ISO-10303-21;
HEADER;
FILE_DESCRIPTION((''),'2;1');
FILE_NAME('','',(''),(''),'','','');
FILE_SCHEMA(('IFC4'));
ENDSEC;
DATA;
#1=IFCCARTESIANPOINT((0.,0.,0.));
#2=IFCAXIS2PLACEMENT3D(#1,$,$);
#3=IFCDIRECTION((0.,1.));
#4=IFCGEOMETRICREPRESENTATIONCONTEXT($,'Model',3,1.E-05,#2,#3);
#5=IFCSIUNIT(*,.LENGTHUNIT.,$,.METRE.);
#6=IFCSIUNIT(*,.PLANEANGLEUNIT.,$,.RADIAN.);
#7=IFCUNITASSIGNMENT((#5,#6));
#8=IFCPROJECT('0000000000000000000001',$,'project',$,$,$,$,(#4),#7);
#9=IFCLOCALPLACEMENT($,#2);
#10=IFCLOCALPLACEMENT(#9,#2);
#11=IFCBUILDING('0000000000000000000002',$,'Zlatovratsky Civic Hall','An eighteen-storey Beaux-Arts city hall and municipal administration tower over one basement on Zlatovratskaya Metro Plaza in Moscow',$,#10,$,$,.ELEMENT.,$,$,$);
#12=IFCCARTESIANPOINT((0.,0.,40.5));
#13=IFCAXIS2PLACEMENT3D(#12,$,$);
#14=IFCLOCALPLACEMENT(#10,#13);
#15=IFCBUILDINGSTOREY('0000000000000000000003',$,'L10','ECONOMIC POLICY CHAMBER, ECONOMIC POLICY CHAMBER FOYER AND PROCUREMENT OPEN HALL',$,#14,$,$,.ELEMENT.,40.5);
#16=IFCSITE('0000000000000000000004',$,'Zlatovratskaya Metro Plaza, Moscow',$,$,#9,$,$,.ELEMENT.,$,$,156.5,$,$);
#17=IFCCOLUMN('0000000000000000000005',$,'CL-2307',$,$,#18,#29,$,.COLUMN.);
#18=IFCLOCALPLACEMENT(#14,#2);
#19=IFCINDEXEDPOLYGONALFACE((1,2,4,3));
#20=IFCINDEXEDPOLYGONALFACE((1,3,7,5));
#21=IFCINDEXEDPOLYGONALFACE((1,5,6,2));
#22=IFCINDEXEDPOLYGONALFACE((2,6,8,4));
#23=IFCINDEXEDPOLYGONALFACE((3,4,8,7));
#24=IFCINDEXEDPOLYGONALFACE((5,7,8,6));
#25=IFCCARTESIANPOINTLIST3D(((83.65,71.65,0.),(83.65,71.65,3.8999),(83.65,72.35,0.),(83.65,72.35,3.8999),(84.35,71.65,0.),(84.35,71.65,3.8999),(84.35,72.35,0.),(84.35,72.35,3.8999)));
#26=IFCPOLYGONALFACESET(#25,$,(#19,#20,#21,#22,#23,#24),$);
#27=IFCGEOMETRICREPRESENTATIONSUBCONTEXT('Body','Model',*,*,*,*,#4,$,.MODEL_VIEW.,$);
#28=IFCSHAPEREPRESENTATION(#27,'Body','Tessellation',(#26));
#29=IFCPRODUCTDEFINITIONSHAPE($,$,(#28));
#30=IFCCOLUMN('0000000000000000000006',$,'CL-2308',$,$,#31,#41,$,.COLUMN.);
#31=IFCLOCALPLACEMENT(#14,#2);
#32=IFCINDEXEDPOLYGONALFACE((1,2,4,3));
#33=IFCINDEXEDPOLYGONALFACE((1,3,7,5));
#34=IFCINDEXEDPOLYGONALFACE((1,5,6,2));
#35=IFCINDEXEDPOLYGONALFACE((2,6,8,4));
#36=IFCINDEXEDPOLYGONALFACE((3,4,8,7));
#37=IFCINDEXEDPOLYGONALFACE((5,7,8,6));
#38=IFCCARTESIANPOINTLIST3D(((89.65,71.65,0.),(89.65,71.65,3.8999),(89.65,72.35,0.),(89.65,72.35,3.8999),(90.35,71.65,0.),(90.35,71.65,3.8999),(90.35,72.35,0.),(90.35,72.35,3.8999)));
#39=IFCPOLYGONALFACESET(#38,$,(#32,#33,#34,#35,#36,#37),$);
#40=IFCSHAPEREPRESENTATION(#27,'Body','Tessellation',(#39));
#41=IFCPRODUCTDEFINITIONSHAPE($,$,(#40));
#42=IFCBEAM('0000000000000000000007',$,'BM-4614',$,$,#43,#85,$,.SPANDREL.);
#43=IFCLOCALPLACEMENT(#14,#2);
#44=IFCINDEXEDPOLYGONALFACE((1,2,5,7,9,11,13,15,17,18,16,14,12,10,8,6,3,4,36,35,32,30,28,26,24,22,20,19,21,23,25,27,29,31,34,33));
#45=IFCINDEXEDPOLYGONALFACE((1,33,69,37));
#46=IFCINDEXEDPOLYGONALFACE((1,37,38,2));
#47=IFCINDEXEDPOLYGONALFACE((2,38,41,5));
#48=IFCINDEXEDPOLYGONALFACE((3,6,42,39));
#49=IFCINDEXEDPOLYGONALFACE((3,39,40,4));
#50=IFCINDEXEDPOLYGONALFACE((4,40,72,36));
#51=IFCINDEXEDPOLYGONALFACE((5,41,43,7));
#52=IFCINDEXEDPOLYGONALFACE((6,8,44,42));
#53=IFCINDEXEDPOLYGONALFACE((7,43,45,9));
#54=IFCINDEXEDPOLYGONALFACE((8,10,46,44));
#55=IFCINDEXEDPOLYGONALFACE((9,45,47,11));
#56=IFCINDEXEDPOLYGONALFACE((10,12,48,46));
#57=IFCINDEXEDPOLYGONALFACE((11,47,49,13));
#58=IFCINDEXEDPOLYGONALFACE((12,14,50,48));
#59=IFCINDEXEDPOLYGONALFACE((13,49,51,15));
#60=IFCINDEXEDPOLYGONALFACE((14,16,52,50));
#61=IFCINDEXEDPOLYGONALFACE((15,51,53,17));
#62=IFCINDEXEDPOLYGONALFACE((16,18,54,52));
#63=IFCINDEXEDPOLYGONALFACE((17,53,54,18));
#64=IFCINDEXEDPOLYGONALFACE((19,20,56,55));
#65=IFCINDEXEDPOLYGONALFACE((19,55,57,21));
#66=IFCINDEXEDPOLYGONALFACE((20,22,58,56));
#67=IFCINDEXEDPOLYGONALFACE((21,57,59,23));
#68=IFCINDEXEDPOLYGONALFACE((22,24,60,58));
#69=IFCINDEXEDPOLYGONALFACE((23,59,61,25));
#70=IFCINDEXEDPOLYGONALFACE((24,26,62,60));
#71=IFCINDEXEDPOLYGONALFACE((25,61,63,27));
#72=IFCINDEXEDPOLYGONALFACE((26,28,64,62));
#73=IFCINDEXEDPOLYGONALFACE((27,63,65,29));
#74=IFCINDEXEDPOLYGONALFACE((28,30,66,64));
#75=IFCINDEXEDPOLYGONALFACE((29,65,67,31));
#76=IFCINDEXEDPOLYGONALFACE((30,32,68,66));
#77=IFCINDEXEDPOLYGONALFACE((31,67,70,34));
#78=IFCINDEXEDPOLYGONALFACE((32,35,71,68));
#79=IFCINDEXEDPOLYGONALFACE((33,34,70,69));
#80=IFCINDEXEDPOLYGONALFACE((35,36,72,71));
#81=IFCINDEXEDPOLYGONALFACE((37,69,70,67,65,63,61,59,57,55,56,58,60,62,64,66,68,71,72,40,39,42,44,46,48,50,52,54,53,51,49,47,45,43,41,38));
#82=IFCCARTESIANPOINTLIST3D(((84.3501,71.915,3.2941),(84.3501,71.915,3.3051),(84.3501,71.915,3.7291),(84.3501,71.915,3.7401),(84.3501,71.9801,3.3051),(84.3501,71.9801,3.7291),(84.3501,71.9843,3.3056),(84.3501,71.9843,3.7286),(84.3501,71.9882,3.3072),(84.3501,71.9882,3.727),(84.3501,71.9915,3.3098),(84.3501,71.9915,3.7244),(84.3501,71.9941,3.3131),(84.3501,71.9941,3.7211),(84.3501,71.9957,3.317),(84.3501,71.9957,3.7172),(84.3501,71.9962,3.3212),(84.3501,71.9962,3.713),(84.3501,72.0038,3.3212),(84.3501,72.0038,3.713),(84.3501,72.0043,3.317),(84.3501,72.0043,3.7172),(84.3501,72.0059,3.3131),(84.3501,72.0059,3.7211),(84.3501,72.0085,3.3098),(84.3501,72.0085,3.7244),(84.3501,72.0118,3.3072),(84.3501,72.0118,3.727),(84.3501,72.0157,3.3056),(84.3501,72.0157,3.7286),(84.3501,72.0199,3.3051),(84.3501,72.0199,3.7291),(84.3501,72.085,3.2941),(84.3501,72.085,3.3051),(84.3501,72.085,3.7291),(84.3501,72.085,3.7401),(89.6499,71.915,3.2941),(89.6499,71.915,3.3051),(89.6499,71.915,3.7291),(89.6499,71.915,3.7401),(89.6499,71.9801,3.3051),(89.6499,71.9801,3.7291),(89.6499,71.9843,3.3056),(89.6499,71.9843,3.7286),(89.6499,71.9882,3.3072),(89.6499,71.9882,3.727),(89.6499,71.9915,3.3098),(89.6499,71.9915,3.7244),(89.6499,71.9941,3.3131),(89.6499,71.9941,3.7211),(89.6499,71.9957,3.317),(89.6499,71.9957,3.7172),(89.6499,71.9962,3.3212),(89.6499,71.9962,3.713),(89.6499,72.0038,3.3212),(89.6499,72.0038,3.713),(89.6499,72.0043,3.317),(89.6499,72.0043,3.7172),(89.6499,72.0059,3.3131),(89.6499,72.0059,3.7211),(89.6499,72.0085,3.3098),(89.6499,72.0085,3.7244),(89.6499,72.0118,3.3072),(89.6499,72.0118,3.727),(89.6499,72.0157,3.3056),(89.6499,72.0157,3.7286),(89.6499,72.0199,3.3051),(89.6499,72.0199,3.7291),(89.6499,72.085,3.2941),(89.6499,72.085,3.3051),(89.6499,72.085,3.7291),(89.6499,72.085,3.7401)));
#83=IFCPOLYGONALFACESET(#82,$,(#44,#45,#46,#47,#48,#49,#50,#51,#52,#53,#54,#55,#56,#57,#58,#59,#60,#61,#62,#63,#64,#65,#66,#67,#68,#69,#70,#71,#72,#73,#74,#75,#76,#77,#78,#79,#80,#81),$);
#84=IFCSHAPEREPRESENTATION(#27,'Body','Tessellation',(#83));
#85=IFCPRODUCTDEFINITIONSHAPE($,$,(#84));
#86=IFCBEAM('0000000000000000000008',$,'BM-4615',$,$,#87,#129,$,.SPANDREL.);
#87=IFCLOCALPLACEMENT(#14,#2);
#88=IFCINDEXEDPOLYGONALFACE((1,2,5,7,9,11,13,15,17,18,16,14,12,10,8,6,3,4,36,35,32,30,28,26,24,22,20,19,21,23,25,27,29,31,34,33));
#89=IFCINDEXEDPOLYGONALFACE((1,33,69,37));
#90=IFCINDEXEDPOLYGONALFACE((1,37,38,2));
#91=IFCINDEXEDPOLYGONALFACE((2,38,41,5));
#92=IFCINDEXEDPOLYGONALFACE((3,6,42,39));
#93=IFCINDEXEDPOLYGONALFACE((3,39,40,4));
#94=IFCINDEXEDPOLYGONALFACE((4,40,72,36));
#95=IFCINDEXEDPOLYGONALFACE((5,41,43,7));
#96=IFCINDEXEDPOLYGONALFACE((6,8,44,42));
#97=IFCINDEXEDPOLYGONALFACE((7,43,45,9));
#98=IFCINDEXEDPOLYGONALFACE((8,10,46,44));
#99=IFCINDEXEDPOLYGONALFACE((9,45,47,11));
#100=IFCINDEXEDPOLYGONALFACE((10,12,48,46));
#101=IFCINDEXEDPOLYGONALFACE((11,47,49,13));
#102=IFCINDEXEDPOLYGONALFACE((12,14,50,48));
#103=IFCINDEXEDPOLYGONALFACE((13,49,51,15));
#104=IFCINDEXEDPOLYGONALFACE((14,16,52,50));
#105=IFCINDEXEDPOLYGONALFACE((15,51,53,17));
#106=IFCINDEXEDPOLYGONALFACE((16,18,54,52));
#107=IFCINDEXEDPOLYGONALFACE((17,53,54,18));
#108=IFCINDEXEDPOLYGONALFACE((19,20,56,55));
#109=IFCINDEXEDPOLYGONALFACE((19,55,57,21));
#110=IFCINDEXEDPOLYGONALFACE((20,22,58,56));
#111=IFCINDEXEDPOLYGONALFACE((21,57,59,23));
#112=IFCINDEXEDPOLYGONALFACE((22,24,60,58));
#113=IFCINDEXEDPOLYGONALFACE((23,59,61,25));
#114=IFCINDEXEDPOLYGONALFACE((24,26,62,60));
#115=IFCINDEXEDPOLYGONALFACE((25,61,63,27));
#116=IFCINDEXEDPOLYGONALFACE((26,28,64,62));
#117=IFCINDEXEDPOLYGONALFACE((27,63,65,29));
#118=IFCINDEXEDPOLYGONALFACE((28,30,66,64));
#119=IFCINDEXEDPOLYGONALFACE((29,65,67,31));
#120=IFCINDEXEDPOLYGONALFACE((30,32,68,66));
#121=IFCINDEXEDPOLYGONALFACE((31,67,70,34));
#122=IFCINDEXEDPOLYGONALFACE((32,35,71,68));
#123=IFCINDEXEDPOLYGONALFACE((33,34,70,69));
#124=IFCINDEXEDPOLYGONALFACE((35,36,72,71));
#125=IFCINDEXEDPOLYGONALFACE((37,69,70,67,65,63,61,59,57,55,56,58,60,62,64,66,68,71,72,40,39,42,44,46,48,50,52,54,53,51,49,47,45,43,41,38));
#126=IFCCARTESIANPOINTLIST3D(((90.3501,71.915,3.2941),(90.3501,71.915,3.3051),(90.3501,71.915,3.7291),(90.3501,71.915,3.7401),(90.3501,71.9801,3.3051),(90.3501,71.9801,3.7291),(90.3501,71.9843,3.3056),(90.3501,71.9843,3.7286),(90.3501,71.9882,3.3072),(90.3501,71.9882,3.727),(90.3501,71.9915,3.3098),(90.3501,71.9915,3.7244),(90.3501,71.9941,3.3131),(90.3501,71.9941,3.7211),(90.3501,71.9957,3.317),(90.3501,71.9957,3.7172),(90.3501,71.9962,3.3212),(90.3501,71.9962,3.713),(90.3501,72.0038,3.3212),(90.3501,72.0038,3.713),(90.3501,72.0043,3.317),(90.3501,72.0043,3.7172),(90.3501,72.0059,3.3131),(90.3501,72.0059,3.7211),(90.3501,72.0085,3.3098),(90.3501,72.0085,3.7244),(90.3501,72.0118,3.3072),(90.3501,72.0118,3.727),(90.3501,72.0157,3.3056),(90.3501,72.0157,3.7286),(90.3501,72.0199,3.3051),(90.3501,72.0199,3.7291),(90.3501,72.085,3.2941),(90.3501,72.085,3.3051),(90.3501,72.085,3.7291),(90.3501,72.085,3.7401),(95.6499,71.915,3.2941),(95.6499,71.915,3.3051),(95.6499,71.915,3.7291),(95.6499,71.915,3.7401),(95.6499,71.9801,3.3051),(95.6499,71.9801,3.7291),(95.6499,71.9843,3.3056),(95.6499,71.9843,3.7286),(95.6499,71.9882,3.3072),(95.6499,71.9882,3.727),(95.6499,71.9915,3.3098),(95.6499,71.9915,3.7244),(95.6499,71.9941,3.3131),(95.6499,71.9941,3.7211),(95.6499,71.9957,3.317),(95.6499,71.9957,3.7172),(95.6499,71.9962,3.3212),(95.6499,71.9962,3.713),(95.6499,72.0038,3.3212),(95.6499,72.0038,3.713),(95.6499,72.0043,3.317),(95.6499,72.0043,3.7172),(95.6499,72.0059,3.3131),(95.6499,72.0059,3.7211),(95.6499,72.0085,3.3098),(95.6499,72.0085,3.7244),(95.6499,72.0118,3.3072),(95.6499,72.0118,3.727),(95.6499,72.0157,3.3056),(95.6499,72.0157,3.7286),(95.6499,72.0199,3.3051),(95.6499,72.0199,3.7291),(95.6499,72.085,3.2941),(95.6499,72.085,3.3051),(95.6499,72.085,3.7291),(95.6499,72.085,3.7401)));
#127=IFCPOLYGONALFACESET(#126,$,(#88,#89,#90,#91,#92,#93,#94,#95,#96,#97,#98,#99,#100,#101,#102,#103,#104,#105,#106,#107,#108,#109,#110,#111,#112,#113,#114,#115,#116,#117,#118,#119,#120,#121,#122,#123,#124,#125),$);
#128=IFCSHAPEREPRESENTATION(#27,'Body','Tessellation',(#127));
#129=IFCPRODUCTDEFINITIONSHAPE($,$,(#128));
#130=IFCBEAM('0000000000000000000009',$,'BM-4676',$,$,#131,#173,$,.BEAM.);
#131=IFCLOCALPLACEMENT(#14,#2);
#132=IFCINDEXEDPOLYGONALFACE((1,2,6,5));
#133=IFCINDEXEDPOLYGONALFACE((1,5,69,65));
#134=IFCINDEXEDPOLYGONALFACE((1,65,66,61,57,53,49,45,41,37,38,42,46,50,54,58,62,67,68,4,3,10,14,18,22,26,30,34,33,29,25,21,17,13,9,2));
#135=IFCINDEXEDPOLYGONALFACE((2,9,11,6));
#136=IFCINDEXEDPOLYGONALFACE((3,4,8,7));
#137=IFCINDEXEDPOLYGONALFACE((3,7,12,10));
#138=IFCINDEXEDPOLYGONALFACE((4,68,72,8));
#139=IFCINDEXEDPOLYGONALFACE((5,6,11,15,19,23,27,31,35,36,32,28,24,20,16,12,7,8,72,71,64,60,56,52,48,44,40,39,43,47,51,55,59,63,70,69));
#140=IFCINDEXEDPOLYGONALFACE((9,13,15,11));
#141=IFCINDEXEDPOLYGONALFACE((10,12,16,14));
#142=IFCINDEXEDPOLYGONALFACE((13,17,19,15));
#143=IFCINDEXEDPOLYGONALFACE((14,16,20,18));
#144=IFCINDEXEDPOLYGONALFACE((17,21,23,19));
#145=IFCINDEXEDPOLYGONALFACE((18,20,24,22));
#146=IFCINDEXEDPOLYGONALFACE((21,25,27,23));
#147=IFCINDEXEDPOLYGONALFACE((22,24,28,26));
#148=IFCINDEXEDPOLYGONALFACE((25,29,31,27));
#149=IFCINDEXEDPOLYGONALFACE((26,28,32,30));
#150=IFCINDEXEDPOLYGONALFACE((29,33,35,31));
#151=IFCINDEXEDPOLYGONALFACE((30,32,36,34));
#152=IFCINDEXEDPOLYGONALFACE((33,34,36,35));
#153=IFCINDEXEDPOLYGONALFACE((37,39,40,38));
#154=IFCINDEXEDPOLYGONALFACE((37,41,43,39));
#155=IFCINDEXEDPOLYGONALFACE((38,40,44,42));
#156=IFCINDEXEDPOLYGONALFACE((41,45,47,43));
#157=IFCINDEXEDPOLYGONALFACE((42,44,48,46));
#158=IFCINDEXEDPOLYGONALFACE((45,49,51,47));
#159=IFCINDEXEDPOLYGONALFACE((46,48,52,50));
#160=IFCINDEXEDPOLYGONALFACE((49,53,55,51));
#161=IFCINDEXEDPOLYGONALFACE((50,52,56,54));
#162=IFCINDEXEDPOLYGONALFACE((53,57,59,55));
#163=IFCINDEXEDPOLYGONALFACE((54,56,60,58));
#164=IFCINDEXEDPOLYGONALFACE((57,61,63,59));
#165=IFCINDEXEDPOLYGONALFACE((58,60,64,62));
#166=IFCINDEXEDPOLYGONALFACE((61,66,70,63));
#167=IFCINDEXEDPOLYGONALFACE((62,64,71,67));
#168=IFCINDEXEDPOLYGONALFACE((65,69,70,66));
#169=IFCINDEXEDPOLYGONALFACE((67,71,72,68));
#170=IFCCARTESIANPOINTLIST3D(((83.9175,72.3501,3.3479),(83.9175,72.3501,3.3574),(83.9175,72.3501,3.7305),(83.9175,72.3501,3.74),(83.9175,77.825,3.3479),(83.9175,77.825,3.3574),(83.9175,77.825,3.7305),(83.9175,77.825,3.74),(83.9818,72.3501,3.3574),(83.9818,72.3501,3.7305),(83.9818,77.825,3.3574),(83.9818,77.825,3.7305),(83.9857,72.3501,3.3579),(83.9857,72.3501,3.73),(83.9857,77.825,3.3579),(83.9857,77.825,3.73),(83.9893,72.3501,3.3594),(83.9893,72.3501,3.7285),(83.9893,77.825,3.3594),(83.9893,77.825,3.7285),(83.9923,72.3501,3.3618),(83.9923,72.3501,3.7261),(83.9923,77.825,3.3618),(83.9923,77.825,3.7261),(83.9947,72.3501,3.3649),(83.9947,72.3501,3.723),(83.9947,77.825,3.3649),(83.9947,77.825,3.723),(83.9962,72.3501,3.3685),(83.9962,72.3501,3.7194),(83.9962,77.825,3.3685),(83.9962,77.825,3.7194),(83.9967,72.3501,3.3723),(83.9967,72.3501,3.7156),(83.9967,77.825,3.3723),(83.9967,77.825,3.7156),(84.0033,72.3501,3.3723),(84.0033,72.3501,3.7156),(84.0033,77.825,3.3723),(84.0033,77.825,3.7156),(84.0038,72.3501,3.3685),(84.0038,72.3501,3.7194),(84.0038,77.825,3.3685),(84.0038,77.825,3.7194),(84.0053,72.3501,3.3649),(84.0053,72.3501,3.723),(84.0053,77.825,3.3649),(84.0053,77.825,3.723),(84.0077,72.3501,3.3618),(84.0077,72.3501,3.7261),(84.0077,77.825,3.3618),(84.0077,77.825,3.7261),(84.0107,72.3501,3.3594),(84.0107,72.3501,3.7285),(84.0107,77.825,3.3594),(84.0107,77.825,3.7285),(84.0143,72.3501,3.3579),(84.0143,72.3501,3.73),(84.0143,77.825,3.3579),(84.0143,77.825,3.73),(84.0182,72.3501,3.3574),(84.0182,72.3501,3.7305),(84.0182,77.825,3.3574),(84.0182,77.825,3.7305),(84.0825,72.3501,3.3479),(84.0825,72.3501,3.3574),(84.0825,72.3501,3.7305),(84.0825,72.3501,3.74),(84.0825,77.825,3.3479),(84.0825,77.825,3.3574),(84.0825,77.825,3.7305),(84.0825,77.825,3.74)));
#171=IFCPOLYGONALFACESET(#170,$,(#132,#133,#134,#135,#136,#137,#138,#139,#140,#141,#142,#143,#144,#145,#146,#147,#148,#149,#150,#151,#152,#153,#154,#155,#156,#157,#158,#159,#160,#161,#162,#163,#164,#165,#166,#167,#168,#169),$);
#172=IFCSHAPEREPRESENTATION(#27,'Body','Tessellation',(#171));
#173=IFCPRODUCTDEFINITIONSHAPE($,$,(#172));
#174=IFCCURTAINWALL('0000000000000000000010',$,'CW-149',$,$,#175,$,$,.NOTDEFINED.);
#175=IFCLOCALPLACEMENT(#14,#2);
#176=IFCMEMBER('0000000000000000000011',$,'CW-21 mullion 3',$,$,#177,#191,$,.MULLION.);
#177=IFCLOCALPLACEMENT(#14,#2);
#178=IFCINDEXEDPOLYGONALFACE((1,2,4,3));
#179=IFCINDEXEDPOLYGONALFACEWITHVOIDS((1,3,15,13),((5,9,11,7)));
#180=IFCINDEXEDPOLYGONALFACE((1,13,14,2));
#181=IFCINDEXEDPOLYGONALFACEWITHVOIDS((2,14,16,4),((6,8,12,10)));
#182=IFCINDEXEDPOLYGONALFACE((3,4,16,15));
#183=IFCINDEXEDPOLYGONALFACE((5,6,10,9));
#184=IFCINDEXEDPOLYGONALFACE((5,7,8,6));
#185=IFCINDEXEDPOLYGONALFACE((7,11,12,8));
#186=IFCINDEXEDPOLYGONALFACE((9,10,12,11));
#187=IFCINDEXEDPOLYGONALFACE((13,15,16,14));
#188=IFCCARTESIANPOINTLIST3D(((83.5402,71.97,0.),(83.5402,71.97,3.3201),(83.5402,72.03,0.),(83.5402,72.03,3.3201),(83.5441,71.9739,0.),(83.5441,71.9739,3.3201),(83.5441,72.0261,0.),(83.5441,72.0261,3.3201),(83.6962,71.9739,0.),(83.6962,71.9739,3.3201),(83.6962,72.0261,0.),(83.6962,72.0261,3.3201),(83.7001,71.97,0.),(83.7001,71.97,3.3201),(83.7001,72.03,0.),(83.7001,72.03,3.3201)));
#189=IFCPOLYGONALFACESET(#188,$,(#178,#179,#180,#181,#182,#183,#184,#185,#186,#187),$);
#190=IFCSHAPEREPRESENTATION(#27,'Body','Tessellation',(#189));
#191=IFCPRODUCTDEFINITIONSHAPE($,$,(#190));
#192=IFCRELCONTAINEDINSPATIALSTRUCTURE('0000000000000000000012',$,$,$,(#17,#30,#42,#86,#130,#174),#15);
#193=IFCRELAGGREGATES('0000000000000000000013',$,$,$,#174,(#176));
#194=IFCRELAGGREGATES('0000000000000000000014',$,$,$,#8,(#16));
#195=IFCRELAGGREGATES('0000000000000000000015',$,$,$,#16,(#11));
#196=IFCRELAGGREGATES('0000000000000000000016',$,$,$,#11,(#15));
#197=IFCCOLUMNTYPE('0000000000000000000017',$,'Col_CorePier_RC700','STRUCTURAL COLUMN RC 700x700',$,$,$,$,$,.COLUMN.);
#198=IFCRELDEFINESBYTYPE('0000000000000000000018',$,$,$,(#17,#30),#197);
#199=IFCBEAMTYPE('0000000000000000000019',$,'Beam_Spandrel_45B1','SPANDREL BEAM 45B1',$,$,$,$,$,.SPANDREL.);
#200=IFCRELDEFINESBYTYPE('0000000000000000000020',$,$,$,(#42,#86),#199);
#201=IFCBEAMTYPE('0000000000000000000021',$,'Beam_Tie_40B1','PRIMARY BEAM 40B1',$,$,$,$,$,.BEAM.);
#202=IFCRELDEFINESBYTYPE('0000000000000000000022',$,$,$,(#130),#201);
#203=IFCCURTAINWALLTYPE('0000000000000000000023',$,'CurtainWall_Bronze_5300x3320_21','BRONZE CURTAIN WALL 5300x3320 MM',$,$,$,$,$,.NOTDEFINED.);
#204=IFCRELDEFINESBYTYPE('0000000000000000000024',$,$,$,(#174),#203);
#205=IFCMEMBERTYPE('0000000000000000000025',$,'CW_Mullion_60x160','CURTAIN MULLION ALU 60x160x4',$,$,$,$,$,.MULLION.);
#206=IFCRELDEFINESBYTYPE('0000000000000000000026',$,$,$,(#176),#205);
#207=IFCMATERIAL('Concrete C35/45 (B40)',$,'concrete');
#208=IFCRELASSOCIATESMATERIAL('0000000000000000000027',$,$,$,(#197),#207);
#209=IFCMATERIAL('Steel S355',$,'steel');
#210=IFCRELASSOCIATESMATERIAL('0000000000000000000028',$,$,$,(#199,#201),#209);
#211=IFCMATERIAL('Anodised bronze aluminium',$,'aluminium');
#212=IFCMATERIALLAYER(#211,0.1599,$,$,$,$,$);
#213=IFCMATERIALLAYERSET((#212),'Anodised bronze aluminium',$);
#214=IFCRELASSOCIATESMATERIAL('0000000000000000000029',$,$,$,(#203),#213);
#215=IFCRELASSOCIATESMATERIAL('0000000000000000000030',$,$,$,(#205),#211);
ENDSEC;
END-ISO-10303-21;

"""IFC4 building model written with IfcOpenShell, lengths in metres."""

from ifc_helpers import new_model, si_unit, direction, frame, origin, origin_2d, place, context, subcontext, project, spatial, rectangle, hollow_rectangle, i_section, extrude, material, layer, layer_set, material_profile, profile_set, type_object, element, aggregate, save


model = new_model("IFC4")

# Units and contexts
model_context = context("Model", 3, precision=1e-05, world=origin(), true_north=direction((0.0, 1.0)))
body_context = subcontext(model_context, "Body", "Model", "MODEL_VIEW")
ifc_project = project(units=[si_unit("LENGTHUNIT", "METRE"), si_unit("PLANEANGLEUNIT", "RADIAN")], contexts=[model_context])

# Site, building, storey
site_placement = place(None, origin())
site = spatial("IfcSite", under=ifc_project, at=site_placement, Name="Zlatovratskaya Metro Plaza, Moscow", CompositionType="ELEMENT", RefElevation=156.5)
building_placement = place(site_placement, origin())
building = spatial("IfcBuilding", under=site, at=building_placement, Name="Zlatovratsky Civic Hall", Description="An eighteen-storey Beaux-Arts city hall and municipal administration tower over one basement on Zlatovratskaya Metro Plaza in Moscow", CompositionType="ELEMENT")
storey_placement = place(building_placement, frame((0.0, 0.0, 40.5)))
storey = spatial("IfcBuildingStorey", under=building, at=storey_placement, Name="L10", Description="ECONOMIC POLICY CHAMBER, ECONOMIC POLICY CHAMBER FOYER AND PROCUREMENT OPEN HALL", CompositionType="ELEMENT", Elevation=40.5)

# Columns
ifc_material_1 = material(Name="Concrete C35/45 (B40)", Category="concrete")
ifc_material_profile_1 = material_profile(ifc_material_1, rectangle(XDim=0.7, YDim=0.7, at=origin_2d()), Name="RC 700x700")
ifc_profile_set_1 = profile_set([ifc_material_profile_1], Name="Concrete C35/45 (B40)")
column_type = type_object("IfcColumnType", Name="Col_CorePier_RC700", Description="STRUCTURAL COLUMN RC 700x700", PredefinedType="COLUMN", material=ifc_profile_set_1)
for number, where, z_axis, x_axis, name in (
    (1, (84.0, 72.0, 0.0), (0.0, 0.0, 1.0), (1.0, 0.0, 0.0), "CL-2307"),
    (2, (90.0, 72.0, 0.0), (0.0, 0.0, 1.0), (1.0, 0.0, 0.0), "CL-2308"),
):
    element("IfcColumn", number, at=place(storey_placement, frame(where, z_axis=z_axis, x_axis=x_axis)), inside=storey, type_object=column_type, Name=name, PredefinedType="COLUMN", context=body_context, shape_type="SweptSolid", body=[
        extrude(rectangle(XDim=0.7, YDim=0.7, at=origin_2d()), origin(), (0.0, 0.0, 1.0), 3.8999),
    ])

# Beams
ifc_material_2 = material(Name="Steel S355", Category="steel")
ifc_material_profile_2 = material_profile(ifc_material_2, i_section(OverallWidth=0.1699, OverallDepth=0.446, WebThickness=0.0076, FlangeThickness=0.011, FilletRadius=0.0161, at=origin_2d()), Name="45B1")
ifc_profile_set_2 = profile_set([ifc_material_profile_2], Name="Steel S355")
beam_type_1 = type_object("IfcBeamType", Name="Beam_Spandrel_45B1", Description="SPANDREL BEAM 45B1", PredefinedType="SPANDREL", material=ifc_profile_set_2)
for number, where, z_axis, x_axis, name in (
    (3, (84.3501, 72.0, 3.5171), (1.0, 0.0, 0.0), (0.0, 1.0, 0.0), "BM-4614"),
    (4, (90.3501, 72.0, 3.5171), (1.0, 0.0, 0.0), (0.0, 1.0, 0.0), "BM-4615"),
):
    element("IfcBeam", number, at=place(storey_placement, frame(where, z_axis=z_axis, x_axis=x_axis)), inside=storey, type_object=beam_type_1, Name=name, PredefinedType="SPANDREL", context=body_context, shape_type="SweptSolid", body=[
        extrude(i_section(OverallWidth=0.1699, OverallDepth=0.446, WebThickness=0.0076, FlangeThickness=0.011, FilletRadius=0.0161, at=origin_2d()), origin(), (0.0, 0.0, 1.0), 5.2998),
    ])
ifc_material_profile_3 = material_profile(ifc_material_2, i_section(OverallWidth=0.165, OverallDepth=0.3921, WebThickness=0.0066, FlangeThickness=0.0095, FilletRadius=0.0149, at=origin_2d()), Name="40B1")
ifc_profile_set_3 = profile_set([ifc_material_profile_3], Name="Steel S355")
beam_type_2 = type_object("IfcBeamType", Name="Beam_Tie_40B1", Description="PRIMARY BEAM 40B1", PredefinedType="BEAM", material=ifc_profile_set_3)
beam_placement = place(storey_placement, frame((84.0, 72.3501, 3.5439), z_axis=(0.0, 1.0, 0.0), x_axis=(-1.0, 0.0, 0.0)))
element("IfcBeam", 5, at=beam_placement, inside=storey, type_object=beam_type_2, Name="BM-4676", PredefinedType="BEAM", context=body_context, shape_type="SweptSolid", body=[
    extrude(i_section(OverallWidth=0.165, OverallDepth=0.3921, WebThickness=0.0066, FlangeThickness=0.0095, FilletRadius=0.0149, at=origin_2d()), origin(), (0.0, 0.0, 1.0), 5.4749),
])

# Curtain wall, member
ifc_material_3 = material(Name="Anodised bronze aluminium", Category="aluminium")
ifc_layer_1 = layer(ifc_material_3, 0.1599)
ifc_layer_set_1 = layer_set([ifc_layer_1], Name="Anodised bronze aluminium")
curtain_wall_type = type_object("IfcCurtainWallType", Name="CurtainWall_Bronze_5300x3320_21", Description="BRONZE CURTAIN WALL 5300x3320 MM", PredefinedType="NOTDEFINED", material=ifc_layer_set_1)
curtain_wall_1_placement = place(storey_placement, origin())
curtain_wall_1 = element("IfcCurtainWall", 6, at=curtain_wall_1_placement, inside=storey, type_object=curtain_wall_type, Name="CW-149", PredefinedType="NOTDEFINED")
ifc_material_profile_4 = material_profile(ifc_material_3, hollow_rectangle(XDim=0.0601, YDim=0.1599, WallThickness=0.0039, at=origin_2d()), Name="ALU 60x160x4")
ifc_profile_set_4 = profile_set([ifc_material_profile_4], Name="Anodised bronze aluminium")
member_type_1 = type_object("IfcMemberType", Name="CW_Mullion_60x160", Description="CURTAIN MULLION ALU 60x160x4", PredefinedType="MULLION", material=ifc_profile_set_4)
member_1_placement = place(storey_placement, frame((83.6201, 72.0, 0.0), z_axis=(0.0, 0.0, 1.0), x_axis=(0.0, 1.0, 0.0)))
member_1 = element("IfcMember", 7, at=member_1_placement, type_object=member_type_1, Name="CW-21 mullion 3", PredefinedType="MULLION", context=body_context, shape_type="SweptSolid", body=[
    extrude(hollow_rectangle(XDim=0.0601, YDim=0.1599, WallThickness=0.0039, at=origin_2d()), origin(), (0.0, 0.0, 1.0), 3.3201),
])
aggregate(curtain_wall_1, [member_1])

save(model, "model.ifc")
